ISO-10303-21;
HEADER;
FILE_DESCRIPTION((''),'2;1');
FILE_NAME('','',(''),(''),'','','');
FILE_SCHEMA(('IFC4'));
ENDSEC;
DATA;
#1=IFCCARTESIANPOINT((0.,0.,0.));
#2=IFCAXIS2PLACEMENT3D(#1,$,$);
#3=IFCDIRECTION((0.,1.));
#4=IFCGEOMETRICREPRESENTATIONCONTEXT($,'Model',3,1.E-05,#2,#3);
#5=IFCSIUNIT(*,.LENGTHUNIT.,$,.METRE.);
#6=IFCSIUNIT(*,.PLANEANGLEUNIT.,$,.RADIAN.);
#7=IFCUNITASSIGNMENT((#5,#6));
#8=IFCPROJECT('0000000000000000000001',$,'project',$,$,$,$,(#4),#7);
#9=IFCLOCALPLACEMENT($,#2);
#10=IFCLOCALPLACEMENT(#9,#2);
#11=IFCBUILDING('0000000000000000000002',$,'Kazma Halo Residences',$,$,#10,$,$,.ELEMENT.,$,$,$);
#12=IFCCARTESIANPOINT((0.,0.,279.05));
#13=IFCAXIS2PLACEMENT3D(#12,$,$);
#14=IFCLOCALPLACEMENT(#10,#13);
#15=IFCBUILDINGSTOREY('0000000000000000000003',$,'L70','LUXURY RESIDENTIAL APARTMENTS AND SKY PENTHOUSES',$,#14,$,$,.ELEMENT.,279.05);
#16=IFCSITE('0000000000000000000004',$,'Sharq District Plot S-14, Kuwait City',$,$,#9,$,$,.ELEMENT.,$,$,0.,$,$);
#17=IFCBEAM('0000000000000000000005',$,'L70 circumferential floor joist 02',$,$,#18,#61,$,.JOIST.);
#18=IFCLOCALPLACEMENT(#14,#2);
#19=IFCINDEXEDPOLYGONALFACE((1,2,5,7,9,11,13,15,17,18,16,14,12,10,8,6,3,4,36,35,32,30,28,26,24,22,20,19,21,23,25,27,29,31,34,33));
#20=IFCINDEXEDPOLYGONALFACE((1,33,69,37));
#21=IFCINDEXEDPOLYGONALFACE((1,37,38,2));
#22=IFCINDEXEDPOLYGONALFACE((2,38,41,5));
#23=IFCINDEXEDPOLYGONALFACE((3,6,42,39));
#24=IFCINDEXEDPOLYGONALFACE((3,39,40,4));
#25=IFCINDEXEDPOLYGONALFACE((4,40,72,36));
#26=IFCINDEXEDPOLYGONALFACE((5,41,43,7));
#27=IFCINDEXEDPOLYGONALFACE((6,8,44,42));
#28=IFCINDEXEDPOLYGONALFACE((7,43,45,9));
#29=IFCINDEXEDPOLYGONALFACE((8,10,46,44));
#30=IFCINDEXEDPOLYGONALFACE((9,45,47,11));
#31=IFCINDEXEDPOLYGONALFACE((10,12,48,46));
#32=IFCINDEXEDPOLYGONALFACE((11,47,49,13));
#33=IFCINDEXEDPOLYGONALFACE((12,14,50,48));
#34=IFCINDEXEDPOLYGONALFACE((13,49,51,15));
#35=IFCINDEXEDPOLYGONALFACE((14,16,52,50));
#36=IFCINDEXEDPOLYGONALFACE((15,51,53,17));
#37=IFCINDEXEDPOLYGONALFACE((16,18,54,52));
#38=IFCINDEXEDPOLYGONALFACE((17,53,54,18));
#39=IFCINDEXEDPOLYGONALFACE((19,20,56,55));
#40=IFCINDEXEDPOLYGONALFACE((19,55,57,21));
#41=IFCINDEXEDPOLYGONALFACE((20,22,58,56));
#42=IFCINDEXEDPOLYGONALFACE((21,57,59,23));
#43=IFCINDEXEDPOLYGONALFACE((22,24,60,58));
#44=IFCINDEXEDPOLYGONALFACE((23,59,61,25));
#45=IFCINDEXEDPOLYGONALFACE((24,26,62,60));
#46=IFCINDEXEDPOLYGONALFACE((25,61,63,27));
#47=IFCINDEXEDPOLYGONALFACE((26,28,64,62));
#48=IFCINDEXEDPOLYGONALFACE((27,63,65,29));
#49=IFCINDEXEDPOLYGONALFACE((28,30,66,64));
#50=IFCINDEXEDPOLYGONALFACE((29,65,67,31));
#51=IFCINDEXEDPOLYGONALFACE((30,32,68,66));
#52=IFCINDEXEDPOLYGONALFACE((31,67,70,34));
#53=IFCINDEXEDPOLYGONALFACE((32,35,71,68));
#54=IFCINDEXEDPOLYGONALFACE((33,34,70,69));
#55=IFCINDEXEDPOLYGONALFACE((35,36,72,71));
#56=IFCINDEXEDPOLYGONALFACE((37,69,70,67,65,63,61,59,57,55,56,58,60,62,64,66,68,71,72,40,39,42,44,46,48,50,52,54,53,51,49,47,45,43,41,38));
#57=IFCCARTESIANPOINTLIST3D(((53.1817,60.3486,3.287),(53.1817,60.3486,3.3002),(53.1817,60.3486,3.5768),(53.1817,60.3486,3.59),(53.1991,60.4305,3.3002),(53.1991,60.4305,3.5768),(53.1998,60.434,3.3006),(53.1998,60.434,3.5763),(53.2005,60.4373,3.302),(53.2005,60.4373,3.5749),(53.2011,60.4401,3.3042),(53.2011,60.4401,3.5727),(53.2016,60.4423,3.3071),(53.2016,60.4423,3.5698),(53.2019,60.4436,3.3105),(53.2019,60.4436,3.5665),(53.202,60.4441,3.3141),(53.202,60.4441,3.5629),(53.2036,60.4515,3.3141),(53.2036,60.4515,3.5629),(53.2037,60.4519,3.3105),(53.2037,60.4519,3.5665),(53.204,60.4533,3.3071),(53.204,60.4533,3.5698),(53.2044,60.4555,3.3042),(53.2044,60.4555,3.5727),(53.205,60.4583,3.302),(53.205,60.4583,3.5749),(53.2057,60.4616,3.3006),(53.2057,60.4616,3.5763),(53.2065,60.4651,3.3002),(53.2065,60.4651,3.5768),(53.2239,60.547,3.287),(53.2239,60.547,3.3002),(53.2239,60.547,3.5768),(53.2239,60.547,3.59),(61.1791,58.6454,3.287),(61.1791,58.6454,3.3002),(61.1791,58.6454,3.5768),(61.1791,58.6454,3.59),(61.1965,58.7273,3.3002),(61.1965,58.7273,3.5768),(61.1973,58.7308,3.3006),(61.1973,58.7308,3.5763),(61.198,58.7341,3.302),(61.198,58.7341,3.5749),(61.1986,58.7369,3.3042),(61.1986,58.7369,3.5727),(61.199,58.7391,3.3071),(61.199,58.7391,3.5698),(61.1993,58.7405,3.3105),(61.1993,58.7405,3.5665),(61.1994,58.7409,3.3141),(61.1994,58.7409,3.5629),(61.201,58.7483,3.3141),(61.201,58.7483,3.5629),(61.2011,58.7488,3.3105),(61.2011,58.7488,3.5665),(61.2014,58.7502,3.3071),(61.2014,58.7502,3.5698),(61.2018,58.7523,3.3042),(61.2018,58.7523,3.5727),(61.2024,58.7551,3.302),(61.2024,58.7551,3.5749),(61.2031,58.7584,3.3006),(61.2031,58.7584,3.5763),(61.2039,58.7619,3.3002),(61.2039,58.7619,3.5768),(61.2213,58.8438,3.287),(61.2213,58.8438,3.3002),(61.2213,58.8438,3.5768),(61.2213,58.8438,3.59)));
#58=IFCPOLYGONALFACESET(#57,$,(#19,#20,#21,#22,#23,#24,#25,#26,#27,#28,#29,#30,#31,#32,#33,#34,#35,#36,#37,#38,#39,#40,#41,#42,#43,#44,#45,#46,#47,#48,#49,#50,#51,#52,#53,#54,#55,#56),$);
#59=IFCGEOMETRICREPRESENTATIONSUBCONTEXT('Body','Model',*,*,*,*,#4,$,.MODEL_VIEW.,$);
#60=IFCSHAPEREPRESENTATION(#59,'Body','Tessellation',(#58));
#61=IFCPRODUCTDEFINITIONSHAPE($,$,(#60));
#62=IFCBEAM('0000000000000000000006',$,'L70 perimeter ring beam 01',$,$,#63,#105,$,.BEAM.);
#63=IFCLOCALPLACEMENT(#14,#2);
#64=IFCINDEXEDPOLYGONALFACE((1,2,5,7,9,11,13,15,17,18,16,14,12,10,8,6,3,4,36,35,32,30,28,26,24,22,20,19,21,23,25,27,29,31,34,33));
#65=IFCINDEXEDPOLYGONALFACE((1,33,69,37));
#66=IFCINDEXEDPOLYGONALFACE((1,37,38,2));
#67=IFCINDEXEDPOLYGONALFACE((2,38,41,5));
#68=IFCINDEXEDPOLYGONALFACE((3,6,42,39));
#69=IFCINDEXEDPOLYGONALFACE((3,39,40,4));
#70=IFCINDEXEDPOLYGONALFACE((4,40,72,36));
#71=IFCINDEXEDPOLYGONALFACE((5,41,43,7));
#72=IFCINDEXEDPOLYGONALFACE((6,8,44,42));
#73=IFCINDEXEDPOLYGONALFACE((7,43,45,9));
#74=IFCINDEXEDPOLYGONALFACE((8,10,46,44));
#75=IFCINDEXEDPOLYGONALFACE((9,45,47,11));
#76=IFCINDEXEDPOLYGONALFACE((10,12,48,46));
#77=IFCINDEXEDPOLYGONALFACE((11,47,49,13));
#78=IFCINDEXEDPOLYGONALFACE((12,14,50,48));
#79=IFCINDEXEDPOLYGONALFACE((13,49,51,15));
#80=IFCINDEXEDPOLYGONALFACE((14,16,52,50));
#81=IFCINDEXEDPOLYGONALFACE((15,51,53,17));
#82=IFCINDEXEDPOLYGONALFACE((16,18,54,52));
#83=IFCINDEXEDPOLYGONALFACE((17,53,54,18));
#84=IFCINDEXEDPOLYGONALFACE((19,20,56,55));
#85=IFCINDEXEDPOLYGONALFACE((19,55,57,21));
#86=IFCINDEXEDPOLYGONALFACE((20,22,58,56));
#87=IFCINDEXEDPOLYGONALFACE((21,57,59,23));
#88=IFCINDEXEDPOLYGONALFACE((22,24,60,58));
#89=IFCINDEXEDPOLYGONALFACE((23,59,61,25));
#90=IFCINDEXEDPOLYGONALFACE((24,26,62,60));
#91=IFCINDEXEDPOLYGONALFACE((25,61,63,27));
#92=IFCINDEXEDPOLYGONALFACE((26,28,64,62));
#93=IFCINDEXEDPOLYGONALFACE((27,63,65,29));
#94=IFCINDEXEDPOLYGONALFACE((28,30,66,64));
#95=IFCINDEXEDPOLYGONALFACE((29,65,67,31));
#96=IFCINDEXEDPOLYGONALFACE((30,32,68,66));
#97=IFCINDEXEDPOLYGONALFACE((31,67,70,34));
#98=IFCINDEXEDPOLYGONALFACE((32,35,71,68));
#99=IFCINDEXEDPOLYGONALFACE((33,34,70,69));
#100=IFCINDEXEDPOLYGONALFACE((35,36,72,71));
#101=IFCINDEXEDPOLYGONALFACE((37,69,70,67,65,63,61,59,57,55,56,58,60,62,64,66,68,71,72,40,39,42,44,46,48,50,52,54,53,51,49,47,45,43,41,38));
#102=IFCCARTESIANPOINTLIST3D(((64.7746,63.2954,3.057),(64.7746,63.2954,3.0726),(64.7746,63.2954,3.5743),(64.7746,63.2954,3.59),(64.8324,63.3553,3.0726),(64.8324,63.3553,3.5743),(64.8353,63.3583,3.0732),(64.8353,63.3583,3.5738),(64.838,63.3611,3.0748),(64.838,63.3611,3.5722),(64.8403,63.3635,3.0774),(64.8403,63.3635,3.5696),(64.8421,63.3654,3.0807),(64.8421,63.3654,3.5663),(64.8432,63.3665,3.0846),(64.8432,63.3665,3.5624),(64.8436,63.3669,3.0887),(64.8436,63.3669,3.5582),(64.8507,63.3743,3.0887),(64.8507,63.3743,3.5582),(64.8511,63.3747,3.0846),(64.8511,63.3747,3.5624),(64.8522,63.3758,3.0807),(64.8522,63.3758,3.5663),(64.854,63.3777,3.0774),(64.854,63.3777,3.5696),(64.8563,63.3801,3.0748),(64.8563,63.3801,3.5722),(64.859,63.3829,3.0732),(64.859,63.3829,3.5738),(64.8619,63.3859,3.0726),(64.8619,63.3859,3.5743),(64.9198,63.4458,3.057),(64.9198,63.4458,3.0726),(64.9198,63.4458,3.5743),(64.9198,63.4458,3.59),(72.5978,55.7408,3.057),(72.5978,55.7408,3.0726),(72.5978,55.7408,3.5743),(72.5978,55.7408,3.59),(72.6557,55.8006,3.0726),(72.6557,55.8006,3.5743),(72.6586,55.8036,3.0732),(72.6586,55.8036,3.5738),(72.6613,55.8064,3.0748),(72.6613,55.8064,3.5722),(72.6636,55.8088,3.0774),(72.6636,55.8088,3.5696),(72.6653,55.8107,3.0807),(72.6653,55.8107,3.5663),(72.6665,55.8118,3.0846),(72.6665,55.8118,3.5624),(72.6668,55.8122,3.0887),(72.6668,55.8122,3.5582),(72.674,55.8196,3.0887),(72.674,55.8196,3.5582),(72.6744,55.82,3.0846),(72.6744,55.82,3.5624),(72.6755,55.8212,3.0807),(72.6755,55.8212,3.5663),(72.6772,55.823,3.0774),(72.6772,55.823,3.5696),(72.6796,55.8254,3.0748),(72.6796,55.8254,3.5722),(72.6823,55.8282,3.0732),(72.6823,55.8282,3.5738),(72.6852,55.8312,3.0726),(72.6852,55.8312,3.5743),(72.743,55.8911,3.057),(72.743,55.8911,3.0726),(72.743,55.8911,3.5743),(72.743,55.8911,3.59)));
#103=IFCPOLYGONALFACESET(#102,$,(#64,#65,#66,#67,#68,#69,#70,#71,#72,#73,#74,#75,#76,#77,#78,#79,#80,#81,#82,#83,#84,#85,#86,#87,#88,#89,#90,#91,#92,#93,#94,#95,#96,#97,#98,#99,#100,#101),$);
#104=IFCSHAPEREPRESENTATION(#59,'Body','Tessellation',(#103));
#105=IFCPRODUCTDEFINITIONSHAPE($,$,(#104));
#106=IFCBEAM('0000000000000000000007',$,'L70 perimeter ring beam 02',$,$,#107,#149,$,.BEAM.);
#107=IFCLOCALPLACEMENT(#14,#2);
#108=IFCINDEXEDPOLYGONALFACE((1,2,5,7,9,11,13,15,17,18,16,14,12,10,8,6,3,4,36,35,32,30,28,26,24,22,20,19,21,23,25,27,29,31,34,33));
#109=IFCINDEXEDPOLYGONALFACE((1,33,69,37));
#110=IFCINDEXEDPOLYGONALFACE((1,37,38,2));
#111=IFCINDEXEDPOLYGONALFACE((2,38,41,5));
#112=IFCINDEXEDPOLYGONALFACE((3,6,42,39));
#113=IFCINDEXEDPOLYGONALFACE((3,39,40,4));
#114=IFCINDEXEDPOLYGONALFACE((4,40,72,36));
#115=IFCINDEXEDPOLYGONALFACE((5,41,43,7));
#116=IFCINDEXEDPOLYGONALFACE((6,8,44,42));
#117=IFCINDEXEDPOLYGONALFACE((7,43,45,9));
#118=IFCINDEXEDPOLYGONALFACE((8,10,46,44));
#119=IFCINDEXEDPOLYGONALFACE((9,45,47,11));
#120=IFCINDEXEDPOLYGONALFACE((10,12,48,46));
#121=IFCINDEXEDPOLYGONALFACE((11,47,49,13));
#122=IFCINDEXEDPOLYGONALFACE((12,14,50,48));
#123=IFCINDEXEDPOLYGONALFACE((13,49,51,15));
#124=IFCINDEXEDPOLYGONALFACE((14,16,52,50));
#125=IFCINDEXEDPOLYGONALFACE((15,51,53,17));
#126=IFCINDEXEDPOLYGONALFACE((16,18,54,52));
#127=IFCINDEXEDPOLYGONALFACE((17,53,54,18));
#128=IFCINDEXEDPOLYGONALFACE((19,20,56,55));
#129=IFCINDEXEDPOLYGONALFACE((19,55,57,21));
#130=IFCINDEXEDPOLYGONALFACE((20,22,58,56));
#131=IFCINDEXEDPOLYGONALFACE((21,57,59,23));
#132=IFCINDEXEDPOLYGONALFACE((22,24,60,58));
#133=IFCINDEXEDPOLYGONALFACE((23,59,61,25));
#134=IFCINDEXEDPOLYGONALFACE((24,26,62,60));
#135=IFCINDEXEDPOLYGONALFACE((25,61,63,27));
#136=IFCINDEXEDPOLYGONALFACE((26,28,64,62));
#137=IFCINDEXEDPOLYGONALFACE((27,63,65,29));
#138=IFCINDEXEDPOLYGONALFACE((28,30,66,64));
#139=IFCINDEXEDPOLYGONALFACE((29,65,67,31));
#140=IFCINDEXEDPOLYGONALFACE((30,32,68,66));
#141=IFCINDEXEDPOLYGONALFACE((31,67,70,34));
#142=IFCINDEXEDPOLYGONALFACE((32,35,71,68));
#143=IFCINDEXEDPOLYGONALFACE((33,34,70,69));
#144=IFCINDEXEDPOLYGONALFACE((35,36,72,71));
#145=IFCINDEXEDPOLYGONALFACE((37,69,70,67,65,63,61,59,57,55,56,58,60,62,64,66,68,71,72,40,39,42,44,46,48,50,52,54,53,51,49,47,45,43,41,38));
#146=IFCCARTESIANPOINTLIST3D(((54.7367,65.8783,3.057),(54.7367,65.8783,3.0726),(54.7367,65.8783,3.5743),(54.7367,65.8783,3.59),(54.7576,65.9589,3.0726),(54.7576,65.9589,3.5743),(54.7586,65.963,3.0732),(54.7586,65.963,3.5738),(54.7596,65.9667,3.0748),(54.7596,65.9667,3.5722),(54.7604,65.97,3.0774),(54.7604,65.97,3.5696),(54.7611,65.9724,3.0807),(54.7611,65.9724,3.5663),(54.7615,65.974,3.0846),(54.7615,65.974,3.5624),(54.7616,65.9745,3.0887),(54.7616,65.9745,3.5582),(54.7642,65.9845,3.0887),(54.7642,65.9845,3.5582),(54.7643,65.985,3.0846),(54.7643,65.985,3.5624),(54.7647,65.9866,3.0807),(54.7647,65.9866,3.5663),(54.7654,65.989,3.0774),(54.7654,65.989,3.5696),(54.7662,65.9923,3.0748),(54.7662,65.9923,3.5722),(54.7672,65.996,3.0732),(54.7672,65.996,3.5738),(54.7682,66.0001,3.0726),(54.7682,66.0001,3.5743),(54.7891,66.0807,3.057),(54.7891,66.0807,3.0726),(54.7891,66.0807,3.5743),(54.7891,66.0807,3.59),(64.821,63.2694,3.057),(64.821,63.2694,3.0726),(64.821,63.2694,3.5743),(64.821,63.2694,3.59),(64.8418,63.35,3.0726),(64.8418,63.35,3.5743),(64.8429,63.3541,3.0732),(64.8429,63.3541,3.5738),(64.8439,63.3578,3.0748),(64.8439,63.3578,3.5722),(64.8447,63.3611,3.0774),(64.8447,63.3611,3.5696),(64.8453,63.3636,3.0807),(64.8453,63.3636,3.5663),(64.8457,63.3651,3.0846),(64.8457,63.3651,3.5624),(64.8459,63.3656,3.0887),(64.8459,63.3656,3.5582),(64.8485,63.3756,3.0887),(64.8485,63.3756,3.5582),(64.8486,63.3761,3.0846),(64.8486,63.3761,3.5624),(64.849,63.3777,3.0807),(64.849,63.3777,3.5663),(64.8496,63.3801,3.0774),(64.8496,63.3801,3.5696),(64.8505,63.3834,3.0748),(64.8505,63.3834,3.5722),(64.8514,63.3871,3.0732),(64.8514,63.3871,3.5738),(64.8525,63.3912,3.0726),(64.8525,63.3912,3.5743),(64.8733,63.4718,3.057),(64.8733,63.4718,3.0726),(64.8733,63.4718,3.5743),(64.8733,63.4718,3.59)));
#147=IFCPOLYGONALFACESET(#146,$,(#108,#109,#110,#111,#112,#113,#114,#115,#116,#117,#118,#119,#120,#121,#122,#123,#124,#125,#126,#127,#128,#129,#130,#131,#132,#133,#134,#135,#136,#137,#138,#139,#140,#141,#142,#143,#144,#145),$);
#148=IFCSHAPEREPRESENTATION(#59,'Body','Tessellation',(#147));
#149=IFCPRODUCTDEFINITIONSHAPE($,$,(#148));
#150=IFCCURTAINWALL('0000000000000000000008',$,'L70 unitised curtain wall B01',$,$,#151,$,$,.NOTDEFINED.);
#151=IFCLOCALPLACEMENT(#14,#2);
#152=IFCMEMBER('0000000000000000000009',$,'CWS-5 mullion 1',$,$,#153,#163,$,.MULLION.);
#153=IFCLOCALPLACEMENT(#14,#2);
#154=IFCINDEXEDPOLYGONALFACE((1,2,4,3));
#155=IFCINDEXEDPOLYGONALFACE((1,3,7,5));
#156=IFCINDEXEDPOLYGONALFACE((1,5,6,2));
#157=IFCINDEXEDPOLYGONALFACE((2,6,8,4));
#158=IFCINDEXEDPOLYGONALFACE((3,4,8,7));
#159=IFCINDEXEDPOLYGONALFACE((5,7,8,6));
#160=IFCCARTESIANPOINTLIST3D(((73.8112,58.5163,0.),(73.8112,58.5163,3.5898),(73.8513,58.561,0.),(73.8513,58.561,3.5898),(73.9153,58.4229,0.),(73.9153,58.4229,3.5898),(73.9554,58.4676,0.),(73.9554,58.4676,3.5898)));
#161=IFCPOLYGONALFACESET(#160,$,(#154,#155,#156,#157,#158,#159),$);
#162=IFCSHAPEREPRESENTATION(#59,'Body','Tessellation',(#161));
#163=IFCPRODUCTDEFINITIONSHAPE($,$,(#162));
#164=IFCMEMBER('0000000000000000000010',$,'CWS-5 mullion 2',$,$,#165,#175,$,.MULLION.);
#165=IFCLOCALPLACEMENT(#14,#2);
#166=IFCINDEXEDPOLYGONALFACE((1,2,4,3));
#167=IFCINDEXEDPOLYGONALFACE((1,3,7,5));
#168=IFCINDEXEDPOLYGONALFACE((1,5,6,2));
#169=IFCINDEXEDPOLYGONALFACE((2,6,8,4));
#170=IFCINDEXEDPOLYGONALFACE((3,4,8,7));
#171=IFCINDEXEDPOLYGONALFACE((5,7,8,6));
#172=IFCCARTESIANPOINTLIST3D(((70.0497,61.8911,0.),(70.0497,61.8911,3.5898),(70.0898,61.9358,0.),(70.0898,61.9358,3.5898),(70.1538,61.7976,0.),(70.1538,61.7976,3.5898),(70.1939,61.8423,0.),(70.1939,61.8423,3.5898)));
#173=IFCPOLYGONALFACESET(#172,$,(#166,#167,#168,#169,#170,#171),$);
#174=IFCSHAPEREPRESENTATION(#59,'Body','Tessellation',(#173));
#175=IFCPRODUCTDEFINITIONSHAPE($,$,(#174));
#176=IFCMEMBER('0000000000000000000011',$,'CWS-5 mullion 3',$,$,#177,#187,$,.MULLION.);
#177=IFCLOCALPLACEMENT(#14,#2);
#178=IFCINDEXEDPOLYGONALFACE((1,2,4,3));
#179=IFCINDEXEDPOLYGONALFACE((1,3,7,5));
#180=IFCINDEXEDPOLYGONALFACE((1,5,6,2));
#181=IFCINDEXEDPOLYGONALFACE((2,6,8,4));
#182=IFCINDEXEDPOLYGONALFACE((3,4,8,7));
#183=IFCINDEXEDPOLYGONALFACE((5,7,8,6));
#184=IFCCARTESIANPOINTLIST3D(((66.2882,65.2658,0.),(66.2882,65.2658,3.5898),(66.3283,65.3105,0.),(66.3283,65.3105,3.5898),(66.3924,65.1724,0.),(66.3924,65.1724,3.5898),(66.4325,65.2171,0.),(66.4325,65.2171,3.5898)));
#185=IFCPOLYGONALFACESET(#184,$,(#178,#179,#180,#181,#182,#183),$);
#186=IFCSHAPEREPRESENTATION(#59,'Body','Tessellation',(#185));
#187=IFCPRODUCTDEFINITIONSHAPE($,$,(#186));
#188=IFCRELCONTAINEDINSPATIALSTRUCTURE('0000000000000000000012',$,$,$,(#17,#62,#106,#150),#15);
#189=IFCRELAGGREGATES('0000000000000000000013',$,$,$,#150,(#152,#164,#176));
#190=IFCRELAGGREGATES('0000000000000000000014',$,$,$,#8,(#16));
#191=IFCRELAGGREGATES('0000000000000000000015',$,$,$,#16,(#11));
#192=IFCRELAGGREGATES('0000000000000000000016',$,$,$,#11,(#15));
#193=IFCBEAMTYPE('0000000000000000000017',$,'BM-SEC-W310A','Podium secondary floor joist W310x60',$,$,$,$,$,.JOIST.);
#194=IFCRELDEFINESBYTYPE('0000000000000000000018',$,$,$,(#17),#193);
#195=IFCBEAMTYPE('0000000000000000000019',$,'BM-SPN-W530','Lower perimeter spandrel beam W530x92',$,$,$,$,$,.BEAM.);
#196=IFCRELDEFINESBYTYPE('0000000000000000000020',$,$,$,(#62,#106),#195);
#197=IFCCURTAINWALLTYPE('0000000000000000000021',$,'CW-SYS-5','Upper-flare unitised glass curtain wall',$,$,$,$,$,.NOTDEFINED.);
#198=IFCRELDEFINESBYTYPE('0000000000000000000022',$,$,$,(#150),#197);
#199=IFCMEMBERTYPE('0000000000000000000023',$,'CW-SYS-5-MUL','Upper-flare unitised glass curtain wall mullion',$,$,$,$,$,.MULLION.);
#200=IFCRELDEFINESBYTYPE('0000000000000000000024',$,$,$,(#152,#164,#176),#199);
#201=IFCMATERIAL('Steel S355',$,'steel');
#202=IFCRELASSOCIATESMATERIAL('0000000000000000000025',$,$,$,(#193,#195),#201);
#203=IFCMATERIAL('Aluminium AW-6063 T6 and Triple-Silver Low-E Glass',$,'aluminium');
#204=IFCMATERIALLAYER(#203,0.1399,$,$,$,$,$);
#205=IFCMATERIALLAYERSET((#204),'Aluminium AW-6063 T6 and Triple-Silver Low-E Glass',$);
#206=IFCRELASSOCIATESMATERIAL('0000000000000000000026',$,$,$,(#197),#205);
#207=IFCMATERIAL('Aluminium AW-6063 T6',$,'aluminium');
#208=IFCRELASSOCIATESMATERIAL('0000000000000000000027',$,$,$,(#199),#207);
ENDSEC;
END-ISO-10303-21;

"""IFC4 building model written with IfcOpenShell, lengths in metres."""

from ifc_helpers import new_model, si_unit, direction, frame, origin, origin_2d, place, context, subcontext, project, spatial, rectangle, i_section, extrude, material, layer, layer_set, material_profile, profile_set, type_object, element, aggregate, save


model = new_model("IFC4")

# Units and contexts
model_context = context("Model", 3, precision=1e-05, world=origin(), true_north=direction((0.0, 1.0)))
body_context = subcontext(model_context, "Body", "Model", "MODEL_VIEW")
ifc_project = project(units=[si_unit("LENGTHUNIT", "METRE"), si_unit("PLANEANGLEUNIT", "RADIAN")], contexts=[model_context])

# Site, building, storey
site_placement = place(None, origin())
site = spatial("IfcSite", under=ifc_project, at=site_placement, Name="Sharq District Plot S-14, Kuwait City", CompositionType="ELEMENT", RefElevation=0.0)
building_placement = place(site_placement, origin())
building = spatial("IfcBuilding", under=site, at=building_placement, Name="Kazma Halo Residences", CompositionType="ELEMENT")
storey_placement = place(building_placement, frame((0.0, 0.0, 279.05)))
storey = spatial("IfcBuildingStorey", under=building, at=storey_placement, Name="L70", Description="LUXURY RESIDENTIAL APARTMENTS AND SKY PENTHOUSES", CompositionType="ELEMENT", Elevation=279.05)

# Beams
ifc_material_1 = material(Name="Steel S355", Category="steel")
ifc_material_profile_1 = material_profile(ifc_material_1, i_section(OverallWidth=0.2029, OverallDepth=0.303, WebThickness=0.0076, FlangeThickness=0.0132, FilletRadius=0.0139, at=origin_2d()), Name="W310x60")
ifc_profile_set_1 = profile_set([ifc_material_profile_1], Name="Steel S355")
beam_type_1 = type_object("IfcBeamType", Name="BM-SEC-W310A", Description="Podium secondary floor joist W310x60", PredefinedType="JOIST", material=ifc_profile_set_1)
beam_1_placement = place(storey_placement, frame((61.2002, 58.7446, 3.4385), z_axis=(-0.978067, 0.208291, 0.0), x_axis=(-0.208291, -0.978067, 0.0)))
element("IfcBeam", 1, at=beam_1_placement, inside=storey, type_object=beam_type_1, Name="L70 circumferential floor joist 02", PredefinedType="JOIST", context=body_context, shape_type="SweptSolid", body=[
    extrude(i_section(OverallWidth=0.2029, OverallDepth=0.303, WebThickness=0.0076, FlangeThickness=0.0132, FilletRadius=0.0139, at=origin_2d()), origin(), (0.0, 0.0, 1.0), 8.1768),
])
ifc_material_profile_2 = material_profile(ifc_material_1, i_section(OverallWidth=0.209, OverallDepth=0.533, WebThickness=0.0103, FlangeThickness=0.0156, FilletRadius=0.0161, at=origin_2d()), Name="W530x92")
ifc_profile_set_2 = profile_set([ifc_material_profile_2], Name="Steel S355")
beam_type_2 = type_object("IfcBeamType", Name="BM-SPN-W530", Description="Lower perimeter spandrel beam W530x92", PredefinedType="BEAM", material=ifc_profile_set_2)
beam_2_placement = place(storey_placement, frame((72.6704, 55.8159, 3.3235), z_axis=(-0.719346, 0.694652, 0.0), x_axis=(-0.694652, -0.719346, 0.0)))
element("IfcBeam", 2, at=beam_2_placement, inside=storey, type_object=beam_type_2, Name="L70 perimeter ring beam 01", PredefinedType="BEAM", context=body_context, shape_type="SweptSolid", body=[
    extrude(i_section(OverallWidth=0.209, OverallDepth=0.533, WebThickness=0.0103, FlangeThickness=0.0156, FilletRadius=0.0161, at=origin_2d()), origin(), (0.0, 0.0, 1.0), 10.8755),
])
beam_3_placement = place(storey_placement, frame((64.8472, 63.3706, 3.3235), z_axis=(-0.968126, 0.250464, 0.0), x_axis=(-0.250464, -0.968126, 0.0)))
element("IfcBeam", 3, at=beam_3_placement, inside=storey, type_object=beam_type_2, Name="L70 perimeter ring beam 02", PredefinedType="BEAM", context=body_context, shape_type="SweptSolid", body=[
    extrude(i_section(OverallWidth=0.209, OverallDepth=0.533, WebThickness=0.0103, FlangeThickness=0.0156, FilletRadius=0.0161, at=origin_2d()), origin(), (0.0, 0.0, 1.0), 10.4163),
])

# Curtain wall, members
ifc_material_2 = material(Name="Aluminium AW-6063 T6 and Triple-Silver Low-E Glass", Category="aluminium")
ifc_layer_1 = layer(ifc_material_2, 0.1399)
ifc_layer_set_1 = layer_set([ifc_layer_1], Name="Aluminium AW-6063 T6 and Triple-Silver Low-E Glass")
curtain_wall_type = type_object("IfcCurtainWallType", Name="CW-SYS-5", Description="Upper-flare unitised glass curtain wall", PredefinedType="NOTDEFINED", material=ifc_layer_set_1)
curtain_wall_1_placement = place(storey_placement, origin())
curtain_wall_1 = element("IfcCurtainWall", 4, at=curtain_wall_1_placement, inside=storey, type_object=curtain_wall_type, Name="L70 unitised curtain wall B01", PredefinedType="NOTDEFINED")
ifc_material_3 = material(Name="Aluminium AW-6063 T6", Category="aluminium")
ifc_material_profile_3 = material_profile(ifc_material_3, rectangle(XDim=0.0601, YDim=0.1399, at=origin_2d()), Name="CWM-60x140")
ifc_profile_set_3 = profile_set([ifc_material_profile_3], Name="Aluminium AW-6063 T6")
member_type_1 = type_object("IfcMemberType", Name="CW-SYS-5-MUL", Description="Upper-flare unitised glass curtain wall mullion", PredefinedType="MULLION", material=ifc_profile_set_3)
member_1_placement = place(storey_placement, frame((73.8833, 58.4919, 0.0), z_axis=(0.0, 0.0, 1.0), x_axis=(-0.667805, -0.744336, 0.0)))
member_1 = element("IfcMember", 5, at=member_1_placement, type_object=member_type_1, Name="CWS-5 mullion 1", PredefinedType="MULLION", context=body_context, shape_type="SweptSolid", body=[
    extrude(rectangle(XDim=0.0601, YDim=0.1399, at=origin_2d()), origin(), (0.0, 0.0, 1.0), 3.5898),
])
member_2_placement = place(storey_placement, frame((70.1218, 61.8667, 0.0), z_axis=(0.0, 0.0, 1.0), x_axis=(-0.667805, -0.744336, 0.0)))
member_2 = element("IfcMember", 6, at=member_2_placement, type_object=member_type_1, Name="CWS-5 mullion 2", PredefinedType="MULLION", context=body_context, shape_type="SweptSolid", body=[
    extrude(rectangle(XDim=0.0601, YDim=0.1399, at=origin_2d()), origin(), (0.0, 0.0, 1.0), 3.5898),
])
member_3_placement = place(storey_placement, frame((66.3604, 65.2415, 0.0), z_axis=(0.0, 0.0, 1.0), x_axis=(-0.667805, -0.744336, 0.0)))
member_3 = element("IfcMember", 7, at=member_3_placement, type_object=member_type_1, Name="CWS-5 mullion 3", PredefinedType="MULLION", context=body_context, shape_type="SweptSolid", body=[
    extrude(rectangle(XDim=0.0601, YDim=0.1399, at=origin_2d()), origin(), (0.0, 0.0, 1.0), 3.5898),
])

aggregate(curtain_wall_1, [member_1, member_2, member_3])

save(model, "model.ifc")
